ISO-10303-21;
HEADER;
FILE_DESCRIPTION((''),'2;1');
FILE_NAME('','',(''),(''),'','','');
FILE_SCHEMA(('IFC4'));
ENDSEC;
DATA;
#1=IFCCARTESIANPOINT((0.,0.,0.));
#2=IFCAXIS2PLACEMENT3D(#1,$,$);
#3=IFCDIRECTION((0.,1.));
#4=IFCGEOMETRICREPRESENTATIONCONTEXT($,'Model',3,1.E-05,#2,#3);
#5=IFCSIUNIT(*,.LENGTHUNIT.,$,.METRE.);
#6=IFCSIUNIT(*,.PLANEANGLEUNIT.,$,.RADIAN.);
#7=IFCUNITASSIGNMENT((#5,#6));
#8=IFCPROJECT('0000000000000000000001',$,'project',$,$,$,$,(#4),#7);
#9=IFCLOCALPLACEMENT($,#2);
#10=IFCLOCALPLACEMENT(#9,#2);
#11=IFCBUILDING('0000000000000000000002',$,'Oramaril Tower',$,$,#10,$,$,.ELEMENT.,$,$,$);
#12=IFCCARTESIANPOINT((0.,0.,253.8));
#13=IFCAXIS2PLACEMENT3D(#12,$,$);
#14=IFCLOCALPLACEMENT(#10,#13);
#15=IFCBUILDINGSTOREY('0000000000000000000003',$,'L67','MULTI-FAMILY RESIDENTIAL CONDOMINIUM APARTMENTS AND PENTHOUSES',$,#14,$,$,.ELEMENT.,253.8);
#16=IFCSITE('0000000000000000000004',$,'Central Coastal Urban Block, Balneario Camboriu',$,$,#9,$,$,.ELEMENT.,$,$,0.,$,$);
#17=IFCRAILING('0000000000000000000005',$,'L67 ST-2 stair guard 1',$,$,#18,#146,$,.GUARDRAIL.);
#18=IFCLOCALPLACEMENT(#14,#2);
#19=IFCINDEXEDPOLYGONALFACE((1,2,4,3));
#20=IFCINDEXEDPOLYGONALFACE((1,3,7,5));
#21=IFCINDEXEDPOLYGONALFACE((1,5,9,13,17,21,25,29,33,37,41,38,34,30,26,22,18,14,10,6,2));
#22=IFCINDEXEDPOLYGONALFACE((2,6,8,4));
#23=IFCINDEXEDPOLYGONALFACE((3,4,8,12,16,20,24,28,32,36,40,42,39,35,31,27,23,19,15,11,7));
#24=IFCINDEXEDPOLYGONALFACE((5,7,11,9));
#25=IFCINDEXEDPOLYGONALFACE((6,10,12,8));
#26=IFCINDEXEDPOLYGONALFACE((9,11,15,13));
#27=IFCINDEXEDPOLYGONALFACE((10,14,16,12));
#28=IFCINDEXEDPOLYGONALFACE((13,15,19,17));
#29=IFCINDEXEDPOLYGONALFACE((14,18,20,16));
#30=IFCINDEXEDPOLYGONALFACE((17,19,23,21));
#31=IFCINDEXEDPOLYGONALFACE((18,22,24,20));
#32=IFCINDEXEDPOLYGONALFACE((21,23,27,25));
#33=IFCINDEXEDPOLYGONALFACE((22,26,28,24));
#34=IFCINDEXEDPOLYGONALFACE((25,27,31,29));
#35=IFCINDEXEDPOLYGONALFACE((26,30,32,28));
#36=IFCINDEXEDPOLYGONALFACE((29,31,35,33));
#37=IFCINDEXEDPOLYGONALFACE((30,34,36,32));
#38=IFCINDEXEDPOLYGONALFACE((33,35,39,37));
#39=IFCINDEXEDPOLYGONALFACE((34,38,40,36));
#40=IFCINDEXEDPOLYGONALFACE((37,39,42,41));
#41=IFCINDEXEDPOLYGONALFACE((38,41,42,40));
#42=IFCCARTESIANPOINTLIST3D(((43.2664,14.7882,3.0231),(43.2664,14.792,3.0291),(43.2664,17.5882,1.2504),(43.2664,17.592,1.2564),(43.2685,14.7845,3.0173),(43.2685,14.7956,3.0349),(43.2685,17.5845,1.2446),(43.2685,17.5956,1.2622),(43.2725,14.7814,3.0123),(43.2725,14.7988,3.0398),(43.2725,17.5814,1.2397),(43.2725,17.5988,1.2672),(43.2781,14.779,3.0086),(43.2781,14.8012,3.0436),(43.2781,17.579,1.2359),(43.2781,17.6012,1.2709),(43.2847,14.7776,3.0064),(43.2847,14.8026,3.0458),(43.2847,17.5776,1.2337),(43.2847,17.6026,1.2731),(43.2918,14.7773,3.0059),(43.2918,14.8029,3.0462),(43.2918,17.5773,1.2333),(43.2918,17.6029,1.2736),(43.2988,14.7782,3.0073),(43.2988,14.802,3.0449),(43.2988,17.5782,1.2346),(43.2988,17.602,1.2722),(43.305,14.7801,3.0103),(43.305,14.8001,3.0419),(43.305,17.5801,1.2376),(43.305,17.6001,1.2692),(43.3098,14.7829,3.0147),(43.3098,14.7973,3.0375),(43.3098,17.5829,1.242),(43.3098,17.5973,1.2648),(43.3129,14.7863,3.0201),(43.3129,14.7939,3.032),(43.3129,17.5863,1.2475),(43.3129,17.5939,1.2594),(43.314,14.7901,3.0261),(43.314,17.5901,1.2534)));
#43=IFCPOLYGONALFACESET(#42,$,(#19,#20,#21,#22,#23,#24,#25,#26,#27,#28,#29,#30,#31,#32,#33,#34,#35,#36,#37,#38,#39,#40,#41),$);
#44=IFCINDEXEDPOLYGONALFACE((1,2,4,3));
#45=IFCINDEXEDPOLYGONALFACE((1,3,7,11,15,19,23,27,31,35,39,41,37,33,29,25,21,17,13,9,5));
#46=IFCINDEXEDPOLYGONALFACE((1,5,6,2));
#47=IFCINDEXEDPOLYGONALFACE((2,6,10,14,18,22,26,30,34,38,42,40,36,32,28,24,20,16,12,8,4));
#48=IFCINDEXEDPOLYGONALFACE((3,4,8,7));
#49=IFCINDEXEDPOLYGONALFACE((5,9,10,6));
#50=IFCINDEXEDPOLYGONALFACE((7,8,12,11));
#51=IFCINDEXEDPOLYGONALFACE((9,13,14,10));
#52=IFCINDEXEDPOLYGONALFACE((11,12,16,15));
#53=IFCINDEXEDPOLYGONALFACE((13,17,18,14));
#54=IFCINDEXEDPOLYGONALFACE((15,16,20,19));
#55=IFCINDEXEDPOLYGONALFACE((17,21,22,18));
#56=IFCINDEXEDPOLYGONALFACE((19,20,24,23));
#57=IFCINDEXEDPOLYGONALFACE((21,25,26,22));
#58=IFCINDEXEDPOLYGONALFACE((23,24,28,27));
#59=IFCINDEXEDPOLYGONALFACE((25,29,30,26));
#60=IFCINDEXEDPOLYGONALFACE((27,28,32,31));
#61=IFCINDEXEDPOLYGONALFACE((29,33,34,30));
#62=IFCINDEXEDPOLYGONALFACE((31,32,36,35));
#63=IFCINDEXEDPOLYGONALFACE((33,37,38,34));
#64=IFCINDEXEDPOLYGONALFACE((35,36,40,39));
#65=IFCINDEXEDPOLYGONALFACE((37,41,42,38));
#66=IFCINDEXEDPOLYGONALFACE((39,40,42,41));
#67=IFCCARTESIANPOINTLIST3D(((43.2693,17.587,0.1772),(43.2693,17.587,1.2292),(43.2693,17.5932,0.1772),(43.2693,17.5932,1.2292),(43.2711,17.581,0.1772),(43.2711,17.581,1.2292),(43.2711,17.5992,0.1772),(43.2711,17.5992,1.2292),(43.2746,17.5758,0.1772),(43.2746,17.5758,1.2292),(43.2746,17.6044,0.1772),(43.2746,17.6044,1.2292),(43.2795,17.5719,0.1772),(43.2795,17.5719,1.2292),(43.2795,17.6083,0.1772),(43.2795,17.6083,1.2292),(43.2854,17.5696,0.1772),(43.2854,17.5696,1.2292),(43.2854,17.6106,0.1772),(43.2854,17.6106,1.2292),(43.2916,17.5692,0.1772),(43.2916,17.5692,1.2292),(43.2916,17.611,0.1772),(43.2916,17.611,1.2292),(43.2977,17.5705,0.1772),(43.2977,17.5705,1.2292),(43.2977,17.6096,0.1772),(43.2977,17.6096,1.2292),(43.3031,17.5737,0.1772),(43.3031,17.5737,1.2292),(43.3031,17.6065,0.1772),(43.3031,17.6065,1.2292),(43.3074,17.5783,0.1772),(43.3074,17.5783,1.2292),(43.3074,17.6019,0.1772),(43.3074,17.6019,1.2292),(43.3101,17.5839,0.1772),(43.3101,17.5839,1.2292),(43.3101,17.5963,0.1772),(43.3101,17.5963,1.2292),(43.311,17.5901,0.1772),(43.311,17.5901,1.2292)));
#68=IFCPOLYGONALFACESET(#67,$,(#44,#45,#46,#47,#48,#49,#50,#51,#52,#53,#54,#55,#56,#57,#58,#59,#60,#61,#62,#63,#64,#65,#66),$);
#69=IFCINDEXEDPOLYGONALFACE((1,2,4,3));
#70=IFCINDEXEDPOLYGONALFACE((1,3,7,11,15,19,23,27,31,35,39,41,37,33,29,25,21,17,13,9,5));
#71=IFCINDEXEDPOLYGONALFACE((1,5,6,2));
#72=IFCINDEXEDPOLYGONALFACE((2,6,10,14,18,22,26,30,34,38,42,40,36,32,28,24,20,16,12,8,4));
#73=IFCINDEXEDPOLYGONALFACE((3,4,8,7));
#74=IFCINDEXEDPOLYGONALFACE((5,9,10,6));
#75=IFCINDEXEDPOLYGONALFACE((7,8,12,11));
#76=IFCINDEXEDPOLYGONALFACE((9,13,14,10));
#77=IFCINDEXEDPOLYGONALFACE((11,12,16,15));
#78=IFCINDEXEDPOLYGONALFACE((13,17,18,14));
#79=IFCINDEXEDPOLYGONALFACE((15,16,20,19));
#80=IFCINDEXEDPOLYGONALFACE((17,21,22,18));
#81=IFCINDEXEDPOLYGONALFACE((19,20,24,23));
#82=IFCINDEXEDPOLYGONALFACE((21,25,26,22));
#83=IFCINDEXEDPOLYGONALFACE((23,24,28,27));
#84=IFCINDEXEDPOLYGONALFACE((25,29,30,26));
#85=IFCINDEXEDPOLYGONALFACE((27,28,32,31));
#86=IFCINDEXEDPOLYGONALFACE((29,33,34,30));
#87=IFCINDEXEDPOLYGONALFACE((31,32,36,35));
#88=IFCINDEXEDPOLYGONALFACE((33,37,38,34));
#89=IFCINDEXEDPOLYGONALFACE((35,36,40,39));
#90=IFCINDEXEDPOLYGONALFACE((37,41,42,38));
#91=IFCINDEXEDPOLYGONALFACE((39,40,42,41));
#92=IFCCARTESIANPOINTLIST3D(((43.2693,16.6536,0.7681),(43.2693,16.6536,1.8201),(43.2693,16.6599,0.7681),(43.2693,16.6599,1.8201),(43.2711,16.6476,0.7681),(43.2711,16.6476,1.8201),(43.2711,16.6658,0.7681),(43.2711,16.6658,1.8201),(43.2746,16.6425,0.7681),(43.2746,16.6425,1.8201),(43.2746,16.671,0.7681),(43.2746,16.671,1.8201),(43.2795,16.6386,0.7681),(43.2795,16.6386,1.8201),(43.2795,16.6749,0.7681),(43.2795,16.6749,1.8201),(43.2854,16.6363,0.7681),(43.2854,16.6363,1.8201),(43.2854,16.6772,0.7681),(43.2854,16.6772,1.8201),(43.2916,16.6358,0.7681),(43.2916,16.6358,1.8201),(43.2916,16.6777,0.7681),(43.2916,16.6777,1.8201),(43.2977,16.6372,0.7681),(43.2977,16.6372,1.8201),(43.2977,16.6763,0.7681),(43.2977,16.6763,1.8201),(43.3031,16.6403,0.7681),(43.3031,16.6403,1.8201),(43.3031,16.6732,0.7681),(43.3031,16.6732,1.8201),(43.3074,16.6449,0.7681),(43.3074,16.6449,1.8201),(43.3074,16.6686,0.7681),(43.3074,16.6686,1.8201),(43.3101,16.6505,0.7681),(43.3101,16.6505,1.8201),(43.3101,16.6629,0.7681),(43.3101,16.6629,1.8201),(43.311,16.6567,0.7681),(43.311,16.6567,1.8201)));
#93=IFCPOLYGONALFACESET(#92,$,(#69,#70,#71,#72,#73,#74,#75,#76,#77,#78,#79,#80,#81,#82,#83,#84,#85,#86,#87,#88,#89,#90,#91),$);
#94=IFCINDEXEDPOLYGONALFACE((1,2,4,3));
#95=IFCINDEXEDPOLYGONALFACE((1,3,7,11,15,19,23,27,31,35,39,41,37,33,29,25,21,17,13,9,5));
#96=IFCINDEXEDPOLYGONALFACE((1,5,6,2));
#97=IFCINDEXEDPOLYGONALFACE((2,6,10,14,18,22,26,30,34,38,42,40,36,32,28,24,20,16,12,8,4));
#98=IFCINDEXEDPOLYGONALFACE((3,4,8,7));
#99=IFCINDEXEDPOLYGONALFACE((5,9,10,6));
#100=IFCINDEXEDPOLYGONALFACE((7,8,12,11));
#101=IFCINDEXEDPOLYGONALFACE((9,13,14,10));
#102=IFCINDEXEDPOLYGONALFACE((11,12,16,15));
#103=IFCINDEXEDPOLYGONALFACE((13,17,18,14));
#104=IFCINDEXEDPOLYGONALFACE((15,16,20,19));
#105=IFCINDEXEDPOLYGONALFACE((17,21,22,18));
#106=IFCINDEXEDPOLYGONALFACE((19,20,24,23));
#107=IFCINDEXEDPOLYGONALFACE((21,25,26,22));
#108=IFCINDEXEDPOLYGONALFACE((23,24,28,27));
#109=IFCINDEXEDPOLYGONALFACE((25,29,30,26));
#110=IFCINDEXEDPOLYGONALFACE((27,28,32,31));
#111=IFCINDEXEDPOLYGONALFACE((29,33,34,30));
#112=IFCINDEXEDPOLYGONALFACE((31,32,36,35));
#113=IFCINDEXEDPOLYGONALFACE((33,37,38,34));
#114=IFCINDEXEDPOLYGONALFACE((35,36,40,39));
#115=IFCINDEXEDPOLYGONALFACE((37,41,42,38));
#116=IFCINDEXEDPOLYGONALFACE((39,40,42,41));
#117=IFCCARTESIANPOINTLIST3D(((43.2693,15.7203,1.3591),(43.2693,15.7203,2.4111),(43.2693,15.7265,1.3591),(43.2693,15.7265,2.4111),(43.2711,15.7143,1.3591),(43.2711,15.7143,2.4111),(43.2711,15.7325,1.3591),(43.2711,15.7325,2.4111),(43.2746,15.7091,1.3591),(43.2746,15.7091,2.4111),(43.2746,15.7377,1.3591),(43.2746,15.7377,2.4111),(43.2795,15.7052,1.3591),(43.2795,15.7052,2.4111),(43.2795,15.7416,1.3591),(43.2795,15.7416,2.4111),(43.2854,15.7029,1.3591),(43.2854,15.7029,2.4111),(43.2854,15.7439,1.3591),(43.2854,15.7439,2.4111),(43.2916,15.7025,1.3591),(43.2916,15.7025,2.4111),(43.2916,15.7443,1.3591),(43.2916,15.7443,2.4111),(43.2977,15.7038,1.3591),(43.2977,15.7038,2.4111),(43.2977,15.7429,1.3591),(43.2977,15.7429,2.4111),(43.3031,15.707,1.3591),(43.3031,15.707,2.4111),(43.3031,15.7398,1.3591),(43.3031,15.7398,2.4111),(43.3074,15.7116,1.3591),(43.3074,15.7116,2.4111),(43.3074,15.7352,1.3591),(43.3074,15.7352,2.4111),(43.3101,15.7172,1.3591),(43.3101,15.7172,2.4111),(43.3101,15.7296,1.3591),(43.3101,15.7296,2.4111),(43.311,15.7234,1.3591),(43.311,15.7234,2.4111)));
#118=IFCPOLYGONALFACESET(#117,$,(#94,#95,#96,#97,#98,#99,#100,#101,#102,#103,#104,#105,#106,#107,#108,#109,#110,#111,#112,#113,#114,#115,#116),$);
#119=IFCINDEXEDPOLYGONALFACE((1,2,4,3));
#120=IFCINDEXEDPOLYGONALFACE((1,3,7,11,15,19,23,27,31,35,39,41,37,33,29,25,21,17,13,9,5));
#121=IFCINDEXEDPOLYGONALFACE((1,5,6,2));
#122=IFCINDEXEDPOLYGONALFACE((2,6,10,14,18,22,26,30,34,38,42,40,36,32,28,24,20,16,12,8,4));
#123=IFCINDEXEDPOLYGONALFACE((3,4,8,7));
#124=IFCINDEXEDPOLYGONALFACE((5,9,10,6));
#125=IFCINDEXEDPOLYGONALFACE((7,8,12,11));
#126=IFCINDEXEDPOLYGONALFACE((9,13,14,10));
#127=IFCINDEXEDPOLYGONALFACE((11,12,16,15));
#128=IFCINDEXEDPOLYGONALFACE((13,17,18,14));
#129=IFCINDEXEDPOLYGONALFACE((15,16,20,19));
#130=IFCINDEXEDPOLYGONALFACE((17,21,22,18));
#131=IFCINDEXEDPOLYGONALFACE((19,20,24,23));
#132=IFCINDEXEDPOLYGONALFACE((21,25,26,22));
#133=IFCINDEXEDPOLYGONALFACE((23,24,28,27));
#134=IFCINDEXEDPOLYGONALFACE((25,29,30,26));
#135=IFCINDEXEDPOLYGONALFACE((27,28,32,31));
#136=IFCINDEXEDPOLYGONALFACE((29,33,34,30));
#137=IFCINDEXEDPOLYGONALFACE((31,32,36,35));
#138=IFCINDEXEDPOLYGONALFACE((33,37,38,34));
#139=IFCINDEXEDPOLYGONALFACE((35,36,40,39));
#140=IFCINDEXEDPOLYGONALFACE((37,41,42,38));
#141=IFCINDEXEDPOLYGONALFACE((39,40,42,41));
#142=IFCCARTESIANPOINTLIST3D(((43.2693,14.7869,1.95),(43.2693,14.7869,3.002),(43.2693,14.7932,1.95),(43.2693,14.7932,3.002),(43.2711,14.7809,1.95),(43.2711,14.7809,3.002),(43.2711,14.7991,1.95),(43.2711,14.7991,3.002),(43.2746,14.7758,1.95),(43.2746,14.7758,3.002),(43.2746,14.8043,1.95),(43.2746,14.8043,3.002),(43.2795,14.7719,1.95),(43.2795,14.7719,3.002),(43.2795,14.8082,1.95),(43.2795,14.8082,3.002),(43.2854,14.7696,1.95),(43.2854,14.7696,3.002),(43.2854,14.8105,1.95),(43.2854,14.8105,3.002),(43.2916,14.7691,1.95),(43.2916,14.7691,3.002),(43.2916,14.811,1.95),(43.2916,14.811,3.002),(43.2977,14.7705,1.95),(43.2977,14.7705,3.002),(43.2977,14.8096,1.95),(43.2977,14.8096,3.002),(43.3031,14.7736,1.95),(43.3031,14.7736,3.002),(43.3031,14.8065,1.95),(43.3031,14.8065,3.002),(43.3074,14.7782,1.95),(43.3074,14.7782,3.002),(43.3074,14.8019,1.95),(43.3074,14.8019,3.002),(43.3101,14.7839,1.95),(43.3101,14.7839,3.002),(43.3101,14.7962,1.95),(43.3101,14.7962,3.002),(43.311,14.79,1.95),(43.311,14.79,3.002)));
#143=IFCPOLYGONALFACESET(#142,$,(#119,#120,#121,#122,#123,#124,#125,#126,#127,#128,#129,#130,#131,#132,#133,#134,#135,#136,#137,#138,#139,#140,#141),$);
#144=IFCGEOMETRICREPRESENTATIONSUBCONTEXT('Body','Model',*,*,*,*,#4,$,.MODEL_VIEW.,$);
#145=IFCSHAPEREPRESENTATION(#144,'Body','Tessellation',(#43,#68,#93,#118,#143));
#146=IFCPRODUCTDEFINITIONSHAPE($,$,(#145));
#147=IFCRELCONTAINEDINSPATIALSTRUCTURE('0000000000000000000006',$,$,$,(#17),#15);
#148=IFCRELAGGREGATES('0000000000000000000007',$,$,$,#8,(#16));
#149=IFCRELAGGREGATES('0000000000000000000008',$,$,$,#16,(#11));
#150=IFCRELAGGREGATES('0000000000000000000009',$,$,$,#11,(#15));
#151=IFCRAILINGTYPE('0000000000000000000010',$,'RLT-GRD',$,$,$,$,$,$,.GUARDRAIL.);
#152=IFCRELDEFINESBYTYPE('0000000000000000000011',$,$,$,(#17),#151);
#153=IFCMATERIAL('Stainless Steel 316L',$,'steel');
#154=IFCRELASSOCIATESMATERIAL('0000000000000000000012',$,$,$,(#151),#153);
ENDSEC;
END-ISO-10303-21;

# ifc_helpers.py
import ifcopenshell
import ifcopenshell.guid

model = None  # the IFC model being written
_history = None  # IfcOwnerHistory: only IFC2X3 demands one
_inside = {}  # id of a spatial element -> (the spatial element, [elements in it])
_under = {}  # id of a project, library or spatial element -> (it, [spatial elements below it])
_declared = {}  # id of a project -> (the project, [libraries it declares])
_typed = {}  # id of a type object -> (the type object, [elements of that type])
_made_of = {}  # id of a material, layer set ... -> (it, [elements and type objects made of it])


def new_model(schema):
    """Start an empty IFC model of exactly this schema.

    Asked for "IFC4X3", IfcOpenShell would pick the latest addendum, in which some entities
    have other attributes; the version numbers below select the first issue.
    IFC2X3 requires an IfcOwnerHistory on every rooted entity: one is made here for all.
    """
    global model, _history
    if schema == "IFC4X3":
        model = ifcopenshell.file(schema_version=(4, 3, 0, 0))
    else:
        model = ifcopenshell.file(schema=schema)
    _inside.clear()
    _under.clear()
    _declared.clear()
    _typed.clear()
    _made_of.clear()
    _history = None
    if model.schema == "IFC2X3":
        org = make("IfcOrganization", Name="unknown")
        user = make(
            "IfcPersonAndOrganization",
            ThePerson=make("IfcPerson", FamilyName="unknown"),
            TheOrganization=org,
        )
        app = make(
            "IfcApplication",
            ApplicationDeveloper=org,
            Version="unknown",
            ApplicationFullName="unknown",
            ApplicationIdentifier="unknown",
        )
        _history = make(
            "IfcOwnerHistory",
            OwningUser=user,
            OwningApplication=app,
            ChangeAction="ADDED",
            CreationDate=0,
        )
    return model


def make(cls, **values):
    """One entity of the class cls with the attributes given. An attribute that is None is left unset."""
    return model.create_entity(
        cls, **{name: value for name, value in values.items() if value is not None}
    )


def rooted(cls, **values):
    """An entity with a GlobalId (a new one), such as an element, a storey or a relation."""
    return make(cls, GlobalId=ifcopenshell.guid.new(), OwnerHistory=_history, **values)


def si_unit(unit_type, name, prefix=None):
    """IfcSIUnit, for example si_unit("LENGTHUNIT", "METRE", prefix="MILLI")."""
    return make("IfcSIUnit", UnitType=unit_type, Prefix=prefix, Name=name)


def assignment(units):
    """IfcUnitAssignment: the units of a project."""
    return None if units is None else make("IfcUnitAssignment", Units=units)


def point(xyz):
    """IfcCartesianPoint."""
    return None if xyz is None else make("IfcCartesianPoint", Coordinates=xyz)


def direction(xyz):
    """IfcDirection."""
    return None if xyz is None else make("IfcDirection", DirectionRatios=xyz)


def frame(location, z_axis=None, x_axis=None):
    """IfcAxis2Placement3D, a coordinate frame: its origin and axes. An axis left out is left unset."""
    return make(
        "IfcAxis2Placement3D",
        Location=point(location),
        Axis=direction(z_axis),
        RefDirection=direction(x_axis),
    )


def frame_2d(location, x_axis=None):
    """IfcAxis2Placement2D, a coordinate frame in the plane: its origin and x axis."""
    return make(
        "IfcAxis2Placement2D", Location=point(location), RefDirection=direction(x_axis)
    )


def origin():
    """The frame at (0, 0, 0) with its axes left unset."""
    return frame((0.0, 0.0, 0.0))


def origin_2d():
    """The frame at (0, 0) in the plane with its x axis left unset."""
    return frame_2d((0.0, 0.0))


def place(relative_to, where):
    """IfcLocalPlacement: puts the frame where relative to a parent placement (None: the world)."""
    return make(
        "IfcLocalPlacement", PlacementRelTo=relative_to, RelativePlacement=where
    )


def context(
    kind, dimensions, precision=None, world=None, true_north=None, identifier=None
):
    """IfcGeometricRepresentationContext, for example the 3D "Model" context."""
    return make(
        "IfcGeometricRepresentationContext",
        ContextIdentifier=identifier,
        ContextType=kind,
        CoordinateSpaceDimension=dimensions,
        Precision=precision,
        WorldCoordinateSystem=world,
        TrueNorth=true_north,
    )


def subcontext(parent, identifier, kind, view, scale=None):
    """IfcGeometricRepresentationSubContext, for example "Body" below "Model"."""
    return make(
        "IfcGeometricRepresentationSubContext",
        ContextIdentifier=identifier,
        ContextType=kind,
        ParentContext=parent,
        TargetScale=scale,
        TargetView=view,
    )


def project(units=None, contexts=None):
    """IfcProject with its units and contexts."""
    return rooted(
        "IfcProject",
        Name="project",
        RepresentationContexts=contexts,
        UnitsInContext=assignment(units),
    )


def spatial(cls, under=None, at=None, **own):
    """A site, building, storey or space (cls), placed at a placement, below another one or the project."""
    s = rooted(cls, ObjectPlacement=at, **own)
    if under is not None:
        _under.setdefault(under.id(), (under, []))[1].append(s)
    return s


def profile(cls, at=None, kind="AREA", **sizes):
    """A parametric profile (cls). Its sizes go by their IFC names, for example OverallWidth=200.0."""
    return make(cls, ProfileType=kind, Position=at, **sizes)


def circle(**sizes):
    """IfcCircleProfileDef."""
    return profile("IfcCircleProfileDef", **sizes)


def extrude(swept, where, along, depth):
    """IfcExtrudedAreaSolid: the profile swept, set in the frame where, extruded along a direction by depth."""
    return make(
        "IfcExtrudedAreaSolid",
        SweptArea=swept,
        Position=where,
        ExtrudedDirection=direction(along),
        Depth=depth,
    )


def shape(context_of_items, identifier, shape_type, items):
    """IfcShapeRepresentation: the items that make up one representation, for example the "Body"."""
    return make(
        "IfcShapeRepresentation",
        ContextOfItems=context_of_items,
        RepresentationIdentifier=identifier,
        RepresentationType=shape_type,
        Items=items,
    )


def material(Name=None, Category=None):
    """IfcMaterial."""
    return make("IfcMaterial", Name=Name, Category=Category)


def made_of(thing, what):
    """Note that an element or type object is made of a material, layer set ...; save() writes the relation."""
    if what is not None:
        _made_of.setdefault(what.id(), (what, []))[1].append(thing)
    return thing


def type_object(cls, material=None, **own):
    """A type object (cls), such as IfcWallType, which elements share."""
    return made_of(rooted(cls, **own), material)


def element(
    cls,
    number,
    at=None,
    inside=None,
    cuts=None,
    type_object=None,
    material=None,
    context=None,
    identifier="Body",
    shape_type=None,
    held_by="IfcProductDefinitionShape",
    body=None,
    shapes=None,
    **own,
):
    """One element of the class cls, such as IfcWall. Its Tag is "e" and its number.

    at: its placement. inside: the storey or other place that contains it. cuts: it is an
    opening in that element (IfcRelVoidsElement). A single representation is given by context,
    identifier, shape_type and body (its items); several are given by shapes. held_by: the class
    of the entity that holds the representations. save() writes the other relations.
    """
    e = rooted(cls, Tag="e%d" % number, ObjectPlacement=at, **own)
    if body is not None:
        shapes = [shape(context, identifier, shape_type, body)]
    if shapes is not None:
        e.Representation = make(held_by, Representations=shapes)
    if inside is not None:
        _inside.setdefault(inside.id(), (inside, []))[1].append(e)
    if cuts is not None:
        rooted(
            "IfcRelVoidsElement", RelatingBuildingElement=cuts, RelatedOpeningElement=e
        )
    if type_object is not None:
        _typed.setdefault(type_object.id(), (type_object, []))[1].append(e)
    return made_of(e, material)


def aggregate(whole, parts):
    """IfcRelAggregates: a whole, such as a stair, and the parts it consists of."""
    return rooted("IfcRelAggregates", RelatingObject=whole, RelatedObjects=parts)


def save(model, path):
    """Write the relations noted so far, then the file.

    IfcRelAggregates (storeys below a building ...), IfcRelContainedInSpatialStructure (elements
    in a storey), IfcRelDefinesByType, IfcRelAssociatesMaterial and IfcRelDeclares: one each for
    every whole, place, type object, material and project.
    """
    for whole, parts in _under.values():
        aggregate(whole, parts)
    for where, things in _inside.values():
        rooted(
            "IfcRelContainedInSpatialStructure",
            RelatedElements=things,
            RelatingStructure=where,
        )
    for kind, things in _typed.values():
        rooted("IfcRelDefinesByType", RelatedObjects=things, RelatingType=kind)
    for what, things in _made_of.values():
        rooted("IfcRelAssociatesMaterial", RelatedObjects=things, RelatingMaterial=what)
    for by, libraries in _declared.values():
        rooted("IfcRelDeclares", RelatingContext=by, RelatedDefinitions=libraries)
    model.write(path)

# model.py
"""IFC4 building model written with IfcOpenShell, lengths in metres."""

from ifc_helpers import new_model, si_unit, direction, frame, origin, origin_2d, place, context, subcontext, project, spatial, circle, extrude, material, type_object, element, save


model = new_model("IFC4")

# Units and contexts
model_context = context("Model", 3, precision=1e-05, world=origin(), true_north=direction((0.0, 1.0)))
body_context = subcontext(model_context, "Body", "Model", "MODEL_VIEW")
ifc_project = project(units=[si_unit("LENGTHUNIT", "METRE"), si_unit("PLANEANGLEUNIT", "RADIAN")], contexts=[model_context])

# Site, building, storey
site_placement = place(None, origin())
site = spatial("IfcSite", under=ifc_project, at=site_placement, Name="Central Coastal Urban Block, Balneario Camboriu", CompositionType="ELEMENT", RefElevation=0.0)
building_placement = place(site_placement, origin())
building = spatial("IfcBuilding", under=site, at=building_placement, Name="Oramaril Tower", CompositionType="ELEMENT")
storey_placement = place(building_placement, frame((0.0, 0.0, 253.8)))
storey = spatial("IfcBuildingStorey", under=building, at=storey_placement, Name="L67", Description="MULTI-FAMILY RESIDENTIAL CONDOMINIUM APARTMENTS AND PENTHOUSES", CompositionType="ELEMENT", Elevation=253.8)

# Railing
ifc_material_1 = material(Name="Stainless Steel 316L", Category="steel")
railing_type_1 = type_object("IfcRailingType", Name="RLT-GRD", PredefinedType="GUARDRAIL", material=ifc_material_1)
railing_1_placement = place(storey_placement, frame((43.29, 17.5901, 0.1772)))
element("IfcRailing", 1, at=railing_1_placement, inside=storey, type_object=railing_type_1, Name="L67 ST-2 stair guard 1", PredefinedType="GUARDRAIL", context=body_context, shape_type="SweptSolid", body=[
    extrude(circle(Radius=0.0239, at=origin_2d()), frame((0.0, 0.0, 1.0762), z_axis=(0.0, -0.844909, 0.53491), x_axis=(1.0, 0.0, 0.0)), (0.0, 0.0, 1.0), 3.314),
    extrude(circle(Radius=0.021, at=origin_2d()), origin(), (0.0, 0.0, 1.0), 1.052),
    extrude(circle(Radius=0.021, at=origin_2d()), frame((0.0, -0.9333, 0.5908)), (0.0, 0.0, 1.0), 1.052),
    extrude(circle(Radius=0.021, at=origin_2d()), frame((0.0, -1.8667, 1.1819)), (0.0, 0.0, 1.0), 1.052),
    extrude(circle(Radius=0.021, at=origin_2d()), frame((0.0, -2.8, 1.7727)), (0.0, 0.0, 1.0), 1.052),
])

save(model, "model.ifc")
